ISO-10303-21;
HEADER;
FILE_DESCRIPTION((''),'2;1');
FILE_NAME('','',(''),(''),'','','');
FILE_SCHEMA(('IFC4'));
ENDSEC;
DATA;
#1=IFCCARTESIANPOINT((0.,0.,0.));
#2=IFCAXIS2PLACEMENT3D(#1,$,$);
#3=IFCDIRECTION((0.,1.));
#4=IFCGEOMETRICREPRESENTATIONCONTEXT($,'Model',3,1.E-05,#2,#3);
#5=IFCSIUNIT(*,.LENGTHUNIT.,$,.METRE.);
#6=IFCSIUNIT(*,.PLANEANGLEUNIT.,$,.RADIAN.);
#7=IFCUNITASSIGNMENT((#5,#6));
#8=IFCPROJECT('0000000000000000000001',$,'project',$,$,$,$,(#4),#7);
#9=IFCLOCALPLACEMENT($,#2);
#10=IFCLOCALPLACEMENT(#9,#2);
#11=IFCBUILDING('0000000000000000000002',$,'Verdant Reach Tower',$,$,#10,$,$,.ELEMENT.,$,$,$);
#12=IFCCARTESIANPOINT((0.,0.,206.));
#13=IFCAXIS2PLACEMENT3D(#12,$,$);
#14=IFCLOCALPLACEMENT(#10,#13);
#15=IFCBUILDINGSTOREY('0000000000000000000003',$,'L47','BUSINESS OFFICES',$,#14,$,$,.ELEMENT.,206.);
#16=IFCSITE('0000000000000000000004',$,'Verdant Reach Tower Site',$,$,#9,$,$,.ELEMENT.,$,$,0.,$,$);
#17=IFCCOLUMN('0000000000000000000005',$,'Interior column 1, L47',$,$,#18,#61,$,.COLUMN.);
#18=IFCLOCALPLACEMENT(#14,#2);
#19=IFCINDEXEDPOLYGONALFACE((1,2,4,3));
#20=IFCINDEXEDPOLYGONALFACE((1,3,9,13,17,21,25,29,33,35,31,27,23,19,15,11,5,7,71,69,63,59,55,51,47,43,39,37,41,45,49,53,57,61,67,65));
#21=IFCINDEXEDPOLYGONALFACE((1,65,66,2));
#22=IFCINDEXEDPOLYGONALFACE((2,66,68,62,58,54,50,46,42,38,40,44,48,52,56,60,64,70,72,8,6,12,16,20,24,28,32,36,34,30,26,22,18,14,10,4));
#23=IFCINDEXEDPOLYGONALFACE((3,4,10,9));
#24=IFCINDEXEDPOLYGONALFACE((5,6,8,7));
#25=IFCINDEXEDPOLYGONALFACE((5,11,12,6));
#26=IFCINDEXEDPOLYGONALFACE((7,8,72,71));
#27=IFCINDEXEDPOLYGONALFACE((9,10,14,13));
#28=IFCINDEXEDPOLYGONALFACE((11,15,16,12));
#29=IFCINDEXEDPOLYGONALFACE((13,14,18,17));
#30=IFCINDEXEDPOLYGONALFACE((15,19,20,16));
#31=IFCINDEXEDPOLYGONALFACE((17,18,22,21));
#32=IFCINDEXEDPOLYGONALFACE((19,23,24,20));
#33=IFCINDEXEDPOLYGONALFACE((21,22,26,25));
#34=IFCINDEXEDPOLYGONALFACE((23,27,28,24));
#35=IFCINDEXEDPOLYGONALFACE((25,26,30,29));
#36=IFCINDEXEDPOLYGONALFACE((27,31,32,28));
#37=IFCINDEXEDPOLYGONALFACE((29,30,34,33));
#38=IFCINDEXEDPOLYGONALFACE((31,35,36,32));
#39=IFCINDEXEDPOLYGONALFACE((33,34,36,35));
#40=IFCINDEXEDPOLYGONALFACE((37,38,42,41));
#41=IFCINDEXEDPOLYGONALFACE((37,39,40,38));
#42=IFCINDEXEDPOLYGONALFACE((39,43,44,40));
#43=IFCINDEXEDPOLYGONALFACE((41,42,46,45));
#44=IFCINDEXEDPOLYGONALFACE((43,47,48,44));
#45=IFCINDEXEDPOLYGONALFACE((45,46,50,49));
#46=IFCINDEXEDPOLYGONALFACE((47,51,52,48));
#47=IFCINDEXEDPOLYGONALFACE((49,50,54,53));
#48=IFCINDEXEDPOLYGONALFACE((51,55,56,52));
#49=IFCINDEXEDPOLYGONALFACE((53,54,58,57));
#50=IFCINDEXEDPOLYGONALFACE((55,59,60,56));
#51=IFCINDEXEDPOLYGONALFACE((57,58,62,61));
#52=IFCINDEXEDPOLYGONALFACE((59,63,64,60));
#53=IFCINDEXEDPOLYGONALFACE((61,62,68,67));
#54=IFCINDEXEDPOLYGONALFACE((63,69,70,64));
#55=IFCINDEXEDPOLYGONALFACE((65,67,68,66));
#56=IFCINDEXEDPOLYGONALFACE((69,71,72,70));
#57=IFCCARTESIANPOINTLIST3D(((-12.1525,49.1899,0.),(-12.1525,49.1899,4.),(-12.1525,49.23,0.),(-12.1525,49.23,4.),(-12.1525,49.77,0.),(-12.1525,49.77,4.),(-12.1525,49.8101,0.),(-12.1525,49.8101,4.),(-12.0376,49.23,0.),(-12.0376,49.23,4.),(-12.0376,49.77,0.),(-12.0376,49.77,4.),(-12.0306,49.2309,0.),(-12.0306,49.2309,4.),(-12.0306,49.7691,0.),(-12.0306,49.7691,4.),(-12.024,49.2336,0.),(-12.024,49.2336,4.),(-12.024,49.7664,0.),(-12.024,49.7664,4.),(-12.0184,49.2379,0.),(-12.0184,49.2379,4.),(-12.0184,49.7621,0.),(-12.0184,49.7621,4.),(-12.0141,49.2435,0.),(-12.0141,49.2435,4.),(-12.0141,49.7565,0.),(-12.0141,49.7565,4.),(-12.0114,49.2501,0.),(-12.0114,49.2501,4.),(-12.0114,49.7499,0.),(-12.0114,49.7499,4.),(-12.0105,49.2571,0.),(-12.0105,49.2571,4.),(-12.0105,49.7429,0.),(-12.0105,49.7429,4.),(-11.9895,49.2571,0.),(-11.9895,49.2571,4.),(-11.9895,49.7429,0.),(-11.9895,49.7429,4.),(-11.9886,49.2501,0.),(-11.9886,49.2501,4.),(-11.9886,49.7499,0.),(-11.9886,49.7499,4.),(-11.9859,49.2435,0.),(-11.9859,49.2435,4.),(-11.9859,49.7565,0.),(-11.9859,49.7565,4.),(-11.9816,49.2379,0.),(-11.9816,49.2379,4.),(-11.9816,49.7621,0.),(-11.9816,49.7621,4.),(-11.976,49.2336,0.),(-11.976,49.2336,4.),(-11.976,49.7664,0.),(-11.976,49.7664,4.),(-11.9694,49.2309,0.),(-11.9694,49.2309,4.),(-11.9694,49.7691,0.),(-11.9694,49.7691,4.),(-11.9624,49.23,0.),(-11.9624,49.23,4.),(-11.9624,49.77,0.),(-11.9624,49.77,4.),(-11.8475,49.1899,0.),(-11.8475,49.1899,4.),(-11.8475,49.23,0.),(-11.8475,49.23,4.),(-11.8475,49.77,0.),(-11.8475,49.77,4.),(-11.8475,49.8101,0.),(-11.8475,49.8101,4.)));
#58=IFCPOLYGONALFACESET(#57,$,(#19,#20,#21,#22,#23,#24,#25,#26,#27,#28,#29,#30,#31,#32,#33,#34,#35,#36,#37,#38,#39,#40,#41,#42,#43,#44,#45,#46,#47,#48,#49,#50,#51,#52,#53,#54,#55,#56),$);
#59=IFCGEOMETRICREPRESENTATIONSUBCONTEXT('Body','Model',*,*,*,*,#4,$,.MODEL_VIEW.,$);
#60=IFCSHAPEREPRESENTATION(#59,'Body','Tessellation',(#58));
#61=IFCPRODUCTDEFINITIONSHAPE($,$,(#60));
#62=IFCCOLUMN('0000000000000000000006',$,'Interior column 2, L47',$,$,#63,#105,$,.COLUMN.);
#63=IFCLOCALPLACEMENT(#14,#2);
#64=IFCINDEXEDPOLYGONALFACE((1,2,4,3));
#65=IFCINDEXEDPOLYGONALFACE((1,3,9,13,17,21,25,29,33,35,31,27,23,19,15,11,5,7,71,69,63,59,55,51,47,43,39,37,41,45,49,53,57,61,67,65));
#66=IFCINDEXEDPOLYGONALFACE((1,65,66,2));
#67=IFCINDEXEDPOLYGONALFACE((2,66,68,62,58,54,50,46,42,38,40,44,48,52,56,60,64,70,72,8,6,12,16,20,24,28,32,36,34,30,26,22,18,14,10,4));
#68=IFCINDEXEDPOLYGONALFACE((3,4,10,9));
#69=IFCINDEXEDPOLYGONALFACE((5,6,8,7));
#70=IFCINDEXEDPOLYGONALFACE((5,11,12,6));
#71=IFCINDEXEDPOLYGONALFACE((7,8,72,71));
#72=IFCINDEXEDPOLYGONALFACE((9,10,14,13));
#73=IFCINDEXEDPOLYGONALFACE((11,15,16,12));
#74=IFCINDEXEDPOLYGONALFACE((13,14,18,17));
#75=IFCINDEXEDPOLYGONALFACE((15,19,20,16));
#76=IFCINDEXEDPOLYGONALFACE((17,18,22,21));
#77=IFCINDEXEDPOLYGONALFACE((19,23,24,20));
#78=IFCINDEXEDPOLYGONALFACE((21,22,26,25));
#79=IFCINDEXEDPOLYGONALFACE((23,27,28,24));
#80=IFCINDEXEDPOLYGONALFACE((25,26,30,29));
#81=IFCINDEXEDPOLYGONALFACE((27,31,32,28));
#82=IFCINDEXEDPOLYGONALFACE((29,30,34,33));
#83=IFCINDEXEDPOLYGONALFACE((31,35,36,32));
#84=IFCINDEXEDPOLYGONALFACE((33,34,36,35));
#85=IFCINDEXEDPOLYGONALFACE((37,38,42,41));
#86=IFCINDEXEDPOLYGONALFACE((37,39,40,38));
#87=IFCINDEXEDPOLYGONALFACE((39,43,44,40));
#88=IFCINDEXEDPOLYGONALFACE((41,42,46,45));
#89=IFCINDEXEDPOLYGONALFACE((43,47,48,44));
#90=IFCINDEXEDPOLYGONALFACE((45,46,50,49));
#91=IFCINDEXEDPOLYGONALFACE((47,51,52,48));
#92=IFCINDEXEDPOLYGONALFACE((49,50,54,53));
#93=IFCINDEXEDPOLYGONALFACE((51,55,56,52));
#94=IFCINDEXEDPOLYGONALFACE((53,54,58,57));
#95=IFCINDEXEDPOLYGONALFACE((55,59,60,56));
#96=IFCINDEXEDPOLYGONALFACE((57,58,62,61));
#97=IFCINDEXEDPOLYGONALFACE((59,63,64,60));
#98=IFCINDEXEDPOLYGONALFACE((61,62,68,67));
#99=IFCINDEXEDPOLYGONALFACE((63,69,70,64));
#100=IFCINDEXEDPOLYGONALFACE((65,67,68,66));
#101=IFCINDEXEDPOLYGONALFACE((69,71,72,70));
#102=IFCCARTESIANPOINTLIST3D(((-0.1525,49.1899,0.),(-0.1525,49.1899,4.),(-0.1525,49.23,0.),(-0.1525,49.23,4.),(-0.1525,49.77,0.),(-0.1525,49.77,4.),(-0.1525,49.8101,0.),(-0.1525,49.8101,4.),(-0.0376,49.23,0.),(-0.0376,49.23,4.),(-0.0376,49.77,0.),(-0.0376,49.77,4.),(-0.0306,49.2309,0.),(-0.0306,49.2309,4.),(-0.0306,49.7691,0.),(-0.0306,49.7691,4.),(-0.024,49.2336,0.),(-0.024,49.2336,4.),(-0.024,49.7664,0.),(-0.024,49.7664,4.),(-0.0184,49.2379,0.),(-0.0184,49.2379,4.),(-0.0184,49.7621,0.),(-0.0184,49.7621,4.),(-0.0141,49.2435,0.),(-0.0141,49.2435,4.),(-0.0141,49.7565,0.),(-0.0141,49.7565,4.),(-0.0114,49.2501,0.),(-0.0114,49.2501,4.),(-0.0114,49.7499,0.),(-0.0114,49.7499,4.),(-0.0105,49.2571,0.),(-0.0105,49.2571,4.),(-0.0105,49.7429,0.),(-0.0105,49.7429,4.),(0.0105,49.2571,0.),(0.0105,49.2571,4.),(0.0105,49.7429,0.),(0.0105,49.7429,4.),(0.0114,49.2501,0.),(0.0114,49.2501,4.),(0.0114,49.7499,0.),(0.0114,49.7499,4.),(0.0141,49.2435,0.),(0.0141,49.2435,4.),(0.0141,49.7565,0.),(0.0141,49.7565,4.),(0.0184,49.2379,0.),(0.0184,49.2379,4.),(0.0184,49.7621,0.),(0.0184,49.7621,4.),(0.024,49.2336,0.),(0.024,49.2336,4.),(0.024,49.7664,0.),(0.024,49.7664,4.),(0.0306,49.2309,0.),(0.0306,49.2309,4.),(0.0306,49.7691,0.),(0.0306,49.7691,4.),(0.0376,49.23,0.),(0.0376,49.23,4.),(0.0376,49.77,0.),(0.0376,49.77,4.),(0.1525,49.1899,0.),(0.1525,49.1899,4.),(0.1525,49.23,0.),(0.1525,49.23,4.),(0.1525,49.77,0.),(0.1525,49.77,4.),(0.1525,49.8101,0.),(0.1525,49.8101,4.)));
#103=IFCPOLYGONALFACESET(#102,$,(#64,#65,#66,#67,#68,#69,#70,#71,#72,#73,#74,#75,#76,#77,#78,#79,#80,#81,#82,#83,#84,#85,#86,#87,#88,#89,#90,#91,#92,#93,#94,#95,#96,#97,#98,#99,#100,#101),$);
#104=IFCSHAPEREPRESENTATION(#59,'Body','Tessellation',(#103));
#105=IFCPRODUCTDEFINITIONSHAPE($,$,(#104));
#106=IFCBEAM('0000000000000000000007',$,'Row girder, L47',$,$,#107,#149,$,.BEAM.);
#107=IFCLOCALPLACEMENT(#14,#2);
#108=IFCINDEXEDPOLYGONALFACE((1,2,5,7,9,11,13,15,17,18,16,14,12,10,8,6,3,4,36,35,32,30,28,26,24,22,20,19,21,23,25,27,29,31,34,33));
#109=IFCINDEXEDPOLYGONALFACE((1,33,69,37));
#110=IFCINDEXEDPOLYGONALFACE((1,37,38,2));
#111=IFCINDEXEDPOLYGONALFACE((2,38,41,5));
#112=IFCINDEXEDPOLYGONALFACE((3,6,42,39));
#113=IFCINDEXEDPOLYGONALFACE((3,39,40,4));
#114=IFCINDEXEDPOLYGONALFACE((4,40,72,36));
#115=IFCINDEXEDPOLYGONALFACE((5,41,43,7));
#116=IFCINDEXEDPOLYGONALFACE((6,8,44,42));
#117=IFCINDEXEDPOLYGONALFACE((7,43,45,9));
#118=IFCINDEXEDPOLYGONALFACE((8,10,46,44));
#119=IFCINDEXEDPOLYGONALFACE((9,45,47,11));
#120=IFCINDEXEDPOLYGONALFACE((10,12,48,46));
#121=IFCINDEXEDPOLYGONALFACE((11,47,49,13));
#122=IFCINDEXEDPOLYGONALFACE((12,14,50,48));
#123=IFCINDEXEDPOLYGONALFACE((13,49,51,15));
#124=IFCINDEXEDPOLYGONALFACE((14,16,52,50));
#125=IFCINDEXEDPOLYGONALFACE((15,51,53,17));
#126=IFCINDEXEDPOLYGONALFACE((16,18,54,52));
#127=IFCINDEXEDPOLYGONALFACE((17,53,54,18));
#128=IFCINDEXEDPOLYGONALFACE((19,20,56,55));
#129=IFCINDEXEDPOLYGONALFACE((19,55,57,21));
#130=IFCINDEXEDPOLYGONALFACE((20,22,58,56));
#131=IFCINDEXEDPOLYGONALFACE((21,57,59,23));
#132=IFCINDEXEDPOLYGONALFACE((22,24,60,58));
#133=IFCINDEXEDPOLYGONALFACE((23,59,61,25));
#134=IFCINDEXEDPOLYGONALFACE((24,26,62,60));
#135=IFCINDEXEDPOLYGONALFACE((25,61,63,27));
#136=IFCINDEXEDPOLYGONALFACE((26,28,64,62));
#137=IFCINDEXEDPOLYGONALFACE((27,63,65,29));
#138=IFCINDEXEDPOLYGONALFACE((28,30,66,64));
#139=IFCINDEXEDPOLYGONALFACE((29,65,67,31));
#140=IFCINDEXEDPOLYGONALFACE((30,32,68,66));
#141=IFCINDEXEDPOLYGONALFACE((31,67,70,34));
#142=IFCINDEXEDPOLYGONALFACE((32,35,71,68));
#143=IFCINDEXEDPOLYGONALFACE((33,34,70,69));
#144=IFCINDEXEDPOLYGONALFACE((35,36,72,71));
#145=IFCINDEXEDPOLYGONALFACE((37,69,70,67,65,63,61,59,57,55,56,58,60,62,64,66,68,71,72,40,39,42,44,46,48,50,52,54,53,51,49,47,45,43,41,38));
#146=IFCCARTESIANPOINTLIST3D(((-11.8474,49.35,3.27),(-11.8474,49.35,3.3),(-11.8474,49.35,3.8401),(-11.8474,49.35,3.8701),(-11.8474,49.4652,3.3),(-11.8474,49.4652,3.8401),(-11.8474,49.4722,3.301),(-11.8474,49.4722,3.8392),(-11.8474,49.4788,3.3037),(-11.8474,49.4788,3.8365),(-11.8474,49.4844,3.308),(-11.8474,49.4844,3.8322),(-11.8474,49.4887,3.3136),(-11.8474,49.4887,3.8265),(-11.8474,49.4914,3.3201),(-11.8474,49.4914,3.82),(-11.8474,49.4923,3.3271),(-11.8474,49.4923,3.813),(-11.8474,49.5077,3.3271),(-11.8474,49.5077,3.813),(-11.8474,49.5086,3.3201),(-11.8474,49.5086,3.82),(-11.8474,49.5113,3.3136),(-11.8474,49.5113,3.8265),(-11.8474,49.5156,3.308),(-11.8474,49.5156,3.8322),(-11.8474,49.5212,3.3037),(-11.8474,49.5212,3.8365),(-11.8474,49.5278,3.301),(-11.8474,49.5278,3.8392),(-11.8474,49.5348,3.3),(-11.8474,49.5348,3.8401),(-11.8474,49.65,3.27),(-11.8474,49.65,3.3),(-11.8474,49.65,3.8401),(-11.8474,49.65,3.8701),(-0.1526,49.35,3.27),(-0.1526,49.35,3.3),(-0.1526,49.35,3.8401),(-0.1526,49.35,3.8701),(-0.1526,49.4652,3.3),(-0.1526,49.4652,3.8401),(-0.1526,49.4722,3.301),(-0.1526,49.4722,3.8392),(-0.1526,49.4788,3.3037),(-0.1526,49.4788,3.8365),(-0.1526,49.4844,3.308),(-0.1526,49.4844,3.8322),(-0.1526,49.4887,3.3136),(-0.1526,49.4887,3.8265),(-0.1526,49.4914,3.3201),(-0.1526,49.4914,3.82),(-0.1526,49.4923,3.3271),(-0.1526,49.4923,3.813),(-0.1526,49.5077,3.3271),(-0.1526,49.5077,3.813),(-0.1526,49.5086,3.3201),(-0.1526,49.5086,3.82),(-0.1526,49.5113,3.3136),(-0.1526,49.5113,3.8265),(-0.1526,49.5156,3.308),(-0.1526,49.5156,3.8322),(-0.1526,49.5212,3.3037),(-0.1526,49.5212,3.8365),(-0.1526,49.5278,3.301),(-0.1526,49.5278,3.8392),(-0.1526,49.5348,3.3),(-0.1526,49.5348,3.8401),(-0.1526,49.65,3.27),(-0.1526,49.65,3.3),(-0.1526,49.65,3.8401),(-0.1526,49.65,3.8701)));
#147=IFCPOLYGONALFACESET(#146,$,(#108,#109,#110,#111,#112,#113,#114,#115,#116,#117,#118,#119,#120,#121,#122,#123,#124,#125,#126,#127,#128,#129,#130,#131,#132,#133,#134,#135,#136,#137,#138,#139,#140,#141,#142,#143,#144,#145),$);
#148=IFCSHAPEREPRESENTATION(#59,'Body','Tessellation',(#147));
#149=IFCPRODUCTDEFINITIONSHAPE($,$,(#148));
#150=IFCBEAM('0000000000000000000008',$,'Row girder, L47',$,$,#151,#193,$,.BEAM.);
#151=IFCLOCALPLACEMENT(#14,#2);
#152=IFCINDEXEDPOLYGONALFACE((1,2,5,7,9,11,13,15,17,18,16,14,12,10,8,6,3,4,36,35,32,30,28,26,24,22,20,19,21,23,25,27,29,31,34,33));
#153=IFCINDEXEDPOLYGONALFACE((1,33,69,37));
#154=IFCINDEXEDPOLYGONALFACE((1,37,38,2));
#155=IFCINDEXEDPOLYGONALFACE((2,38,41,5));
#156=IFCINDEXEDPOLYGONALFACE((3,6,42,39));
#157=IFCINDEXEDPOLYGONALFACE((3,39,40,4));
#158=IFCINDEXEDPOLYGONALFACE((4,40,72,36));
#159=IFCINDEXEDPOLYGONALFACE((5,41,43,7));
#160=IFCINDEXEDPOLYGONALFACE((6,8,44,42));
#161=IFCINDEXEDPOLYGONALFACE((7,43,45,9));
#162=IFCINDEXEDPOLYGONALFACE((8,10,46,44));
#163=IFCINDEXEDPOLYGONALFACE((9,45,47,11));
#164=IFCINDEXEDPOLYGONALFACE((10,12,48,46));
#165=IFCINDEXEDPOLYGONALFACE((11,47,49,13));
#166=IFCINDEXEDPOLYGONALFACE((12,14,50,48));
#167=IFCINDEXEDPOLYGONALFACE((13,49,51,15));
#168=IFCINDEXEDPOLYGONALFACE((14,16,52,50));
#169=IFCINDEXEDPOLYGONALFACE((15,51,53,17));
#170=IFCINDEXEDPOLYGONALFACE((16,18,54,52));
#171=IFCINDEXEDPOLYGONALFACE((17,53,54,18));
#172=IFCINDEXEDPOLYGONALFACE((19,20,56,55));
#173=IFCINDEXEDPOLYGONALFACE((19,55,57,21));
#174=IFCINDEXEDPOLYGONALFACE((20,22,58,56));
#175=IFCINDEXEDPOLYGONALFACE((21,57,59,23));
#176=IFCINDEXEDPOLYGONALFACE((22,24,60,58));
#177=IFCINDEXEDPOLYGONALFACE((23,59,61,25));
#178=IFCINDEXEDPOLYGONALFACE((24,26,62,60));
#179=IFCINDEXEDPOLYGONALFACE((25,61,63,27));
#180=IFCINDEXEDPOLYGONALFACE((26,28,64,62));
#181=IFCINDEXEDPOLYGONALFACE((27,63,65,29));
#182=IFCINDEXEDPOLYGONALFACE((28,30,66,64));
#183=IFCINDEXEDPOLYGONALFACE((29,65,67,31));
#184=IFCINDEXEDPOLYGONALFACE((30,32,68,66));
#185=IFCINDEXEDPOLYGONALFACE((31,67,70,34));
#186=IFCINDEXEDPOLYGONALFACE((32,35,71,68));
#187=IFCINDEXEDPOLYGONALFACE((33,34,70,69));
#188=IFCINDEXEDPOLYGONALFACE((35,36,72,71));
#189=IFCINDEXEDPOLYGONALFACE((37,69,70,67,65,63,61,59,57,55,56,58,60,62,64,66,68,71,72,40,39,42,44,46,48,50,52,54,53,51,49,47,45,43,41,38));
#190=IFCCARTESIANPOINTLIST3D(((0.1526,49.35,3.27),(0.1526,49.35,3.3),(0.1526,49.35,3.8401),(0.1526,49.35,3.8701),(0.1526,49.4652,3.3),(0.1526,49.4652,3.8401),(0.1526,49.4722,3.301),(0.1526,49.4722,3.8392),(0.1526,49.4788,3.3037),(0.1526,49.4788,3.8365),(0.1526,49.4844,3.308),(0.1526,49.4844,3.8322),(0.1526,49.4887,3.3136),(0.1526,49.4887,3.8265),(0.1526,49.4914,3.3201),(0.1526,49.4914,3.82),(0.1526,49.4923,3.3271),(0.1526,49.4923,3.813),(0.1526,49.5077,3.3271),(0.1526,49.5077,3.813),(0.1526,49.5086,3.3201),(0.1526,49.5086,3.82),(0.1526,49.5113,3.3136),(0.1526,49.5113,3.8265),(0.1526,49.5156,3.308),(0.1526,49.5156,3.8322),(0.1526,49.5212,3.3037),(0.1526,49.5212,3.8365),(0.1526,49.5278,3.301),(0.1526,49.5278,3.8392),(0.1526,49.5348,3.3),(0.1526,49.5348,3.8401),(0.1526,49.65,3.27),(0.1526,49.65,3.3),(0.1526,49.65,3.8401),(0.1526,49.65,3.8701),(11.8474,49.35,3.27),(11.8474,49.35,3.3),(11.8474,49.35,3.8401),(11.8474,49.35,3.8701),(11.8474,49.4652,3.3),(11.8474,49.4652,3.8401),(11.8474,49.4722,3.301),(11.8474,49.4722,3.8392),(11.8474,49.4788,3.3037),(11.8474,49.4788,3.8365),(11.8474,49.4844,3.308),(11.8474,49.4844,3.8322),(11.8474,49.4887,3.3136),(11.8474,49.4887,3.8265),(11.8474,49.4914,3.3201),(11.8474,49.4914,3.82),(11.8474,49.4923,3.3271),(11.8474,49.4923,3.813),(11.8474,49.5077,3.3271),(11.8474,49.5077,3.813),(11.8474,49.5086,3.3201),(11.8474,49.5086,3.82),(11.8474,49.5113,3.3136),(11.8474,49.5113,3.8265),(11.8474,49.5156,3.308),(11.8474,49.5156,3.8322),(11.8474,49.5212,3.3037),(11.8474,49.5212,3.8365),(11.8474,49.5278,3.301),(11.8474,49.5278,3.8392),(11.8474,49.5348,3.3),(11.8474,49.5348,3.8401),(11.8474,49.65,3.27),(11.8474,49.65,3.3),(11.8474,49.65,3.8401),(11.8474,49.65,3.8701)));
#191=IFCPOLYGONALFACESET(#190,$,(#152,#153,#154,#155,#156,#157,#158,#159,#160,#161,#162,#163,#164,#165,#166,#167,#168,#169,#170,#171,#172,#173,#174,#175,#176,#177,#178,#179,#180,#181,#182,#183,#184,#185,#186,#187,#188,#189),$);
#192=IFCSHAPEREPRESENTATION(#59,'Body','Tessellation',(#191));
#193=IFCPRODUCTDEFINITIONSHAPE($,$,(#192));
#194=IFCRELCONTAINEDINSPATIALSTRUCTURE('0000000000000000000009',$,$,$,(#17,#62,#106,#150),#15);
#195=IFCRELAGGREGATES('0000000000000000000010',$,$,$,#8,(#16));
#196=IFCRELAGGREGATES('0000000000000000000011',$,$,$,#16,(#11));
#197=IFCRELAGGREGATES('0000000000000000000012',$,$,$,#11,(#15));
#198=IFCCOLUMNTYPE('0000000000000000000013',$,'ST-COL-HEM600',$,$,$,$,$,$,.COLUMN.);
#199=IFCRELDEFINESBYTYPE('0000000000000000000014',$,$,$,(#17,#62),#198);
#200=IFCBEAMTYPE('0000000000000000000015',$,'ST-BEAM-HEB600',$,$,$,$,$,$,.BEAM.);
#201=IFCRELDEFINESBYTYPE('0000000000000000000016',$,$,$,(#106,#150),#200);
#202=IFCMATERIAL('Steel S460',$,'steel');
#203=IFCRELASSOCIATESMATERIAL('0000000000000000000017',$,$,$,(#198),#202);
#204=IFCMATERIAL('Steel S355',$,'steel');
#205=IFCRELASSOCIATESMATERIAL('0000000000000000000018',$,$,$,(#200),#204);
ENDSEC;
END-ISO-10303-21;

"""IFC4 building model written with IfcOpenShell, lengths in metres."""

from ifc_helpers import new_model, si_unit, direction, frame, origin, origin_2d, place, context, subcontext, project, spatial, i_section, extrude, material, material_profile, profile_set, type_object, element, save


model = new_model("IFC4")

# Units and contexts
model_context = context("Model", 3, precision=1e-05, world=origin(), true_north=direction((0.0, 1.0)))
body_context = subcontext(model_context, "Body", "Model", "MODEL_VIEW")
ifc_project = project(units=[si_unit("LENGTHUNIT", "METRE"), si_unit("PLANEANGLEUNIT", "RADIAN")], contexts=[model_context])

# Site, building, storey
site_placement = place(None, origin())
site = spatial("IfcSite", under=ifc_project, at=site_placement, Name="Verdant Reach Tower Site", CompositionType="ELEMENT", RefElevation=0.0)
building_placement = place(site_placement, origin())
building = spatial("IfcBuilding", under=site, at=building_placement, Name="Verdant Reach Tower", CompositionType="ELEMENT")
storey_placement = place(building_placement, frame((0.0, 0.0, 206.0)))
storey = spatial("IfcBuildingStorey", under=building, at=storey_placement, Name="L47", Description="BUSINESS OFFICES", CompositionType="ELEMENT", Elevation=206.0)

# Columns
ifc_material_1 = material(Name="Steel S460", Category="steel")
ifc_material_profile_1 = material_profile(ifc_material_1, i_section(OverallWidth=0.3049, OverallDepth=0.6201, WebThickness=0.021, FlangeThickness=0.04, FilletRadius=0.0271, at=origin_2d()), Name="HEM 600")
ifc_profile_set_1 = profile_set([ifc_material_profile_1], Name="Steel S460")
column_type = type_object("IfcColumnType", Name="ST-COL-HEM600", PredefinedType="COLUMN", material=ifc_profile_set_1)
for number, where, z_axis, x_axis, name in (
    (1, (-12.0, 49.5, 0.0), (0.0, 0.0, 1.0), (1.0, 0.0, 0.0), "Interior column 1, L47"),
    (2, (0.0, 49.5, 0.0), (0.0, 0.0, 1.0), (1.0, 0.0, 0.0), "Interior column 2, L47"),
):
    element("IfcColumn", number, at=place(storey_placement, frame(where, z_axis=z_axis, x_axis=x_axis)), inside=storey, type_object=column_type, Name=name, PredefinedType="COLUMN", context=body_context, shape_type="SweptSolid", body=[
        extrude(i_section(OverallWidth=0.3049, OverallDepth=0.6201, WebThickness=0.021, FlangeThickness=0.04, FilletRadius=0.0271, at=origin_2d()), origin(), (0.0, 0.0, 1.0), 4.0),
    ])

# Beams
ifc_material_2 = material(Name="Steel S355", Category="steel")
ifc_material_profile_2 = material_profile(ifc_material_2, i_section(OverallWidth=0.3, OverallDepth=0.6001, WebThickness=0.0154, FlangeThickness=0.03, FilletRadius=0.0271, at=origin_2d()), Name="HEB 600")
ifc_profile_set_2 = profile_set([ifc_material_profile_2], Name="Steel S355")
beam_type_1 = type_object("IfcBeamType", Name="ST-BEAM-HEB600", PredefinedType="BEAM", material=ifc_profile_set_2)
for number, where, z_axis, x_axis, name in (
    (3, (-11.8474, 49.5, 3.5701), (1.0, 0.0, 0.0), (0.0, 1.0, 0.0), "Row girder, L47"),
    (4, (0.1526, 49.5, 3.5701), (1.0, 0.0, 0.0), (0.0, 1.0, 0.0), "Row girder, L47"),
):
    element("IfcBeam", number, at=place(storey_placement, frame(where, z_axis=z_axis, x_axis=x_axis)), inside=storey, type_object=beam_type_1, Name=name, PredefinedType="BEAM", context=body_context, shape_type="SweptSolid", body=[
        extrude(i_section(OverallWidth=0.3, OverallDepth=0.6001, WebThickness=0.0154, FlangeThickness=0.03, FilletRadius=0.0271, at=origin_2d()), origin(), (0.0, 0.0, 1.0), 11.6948),
    ])

save(model, "model.ifc")
